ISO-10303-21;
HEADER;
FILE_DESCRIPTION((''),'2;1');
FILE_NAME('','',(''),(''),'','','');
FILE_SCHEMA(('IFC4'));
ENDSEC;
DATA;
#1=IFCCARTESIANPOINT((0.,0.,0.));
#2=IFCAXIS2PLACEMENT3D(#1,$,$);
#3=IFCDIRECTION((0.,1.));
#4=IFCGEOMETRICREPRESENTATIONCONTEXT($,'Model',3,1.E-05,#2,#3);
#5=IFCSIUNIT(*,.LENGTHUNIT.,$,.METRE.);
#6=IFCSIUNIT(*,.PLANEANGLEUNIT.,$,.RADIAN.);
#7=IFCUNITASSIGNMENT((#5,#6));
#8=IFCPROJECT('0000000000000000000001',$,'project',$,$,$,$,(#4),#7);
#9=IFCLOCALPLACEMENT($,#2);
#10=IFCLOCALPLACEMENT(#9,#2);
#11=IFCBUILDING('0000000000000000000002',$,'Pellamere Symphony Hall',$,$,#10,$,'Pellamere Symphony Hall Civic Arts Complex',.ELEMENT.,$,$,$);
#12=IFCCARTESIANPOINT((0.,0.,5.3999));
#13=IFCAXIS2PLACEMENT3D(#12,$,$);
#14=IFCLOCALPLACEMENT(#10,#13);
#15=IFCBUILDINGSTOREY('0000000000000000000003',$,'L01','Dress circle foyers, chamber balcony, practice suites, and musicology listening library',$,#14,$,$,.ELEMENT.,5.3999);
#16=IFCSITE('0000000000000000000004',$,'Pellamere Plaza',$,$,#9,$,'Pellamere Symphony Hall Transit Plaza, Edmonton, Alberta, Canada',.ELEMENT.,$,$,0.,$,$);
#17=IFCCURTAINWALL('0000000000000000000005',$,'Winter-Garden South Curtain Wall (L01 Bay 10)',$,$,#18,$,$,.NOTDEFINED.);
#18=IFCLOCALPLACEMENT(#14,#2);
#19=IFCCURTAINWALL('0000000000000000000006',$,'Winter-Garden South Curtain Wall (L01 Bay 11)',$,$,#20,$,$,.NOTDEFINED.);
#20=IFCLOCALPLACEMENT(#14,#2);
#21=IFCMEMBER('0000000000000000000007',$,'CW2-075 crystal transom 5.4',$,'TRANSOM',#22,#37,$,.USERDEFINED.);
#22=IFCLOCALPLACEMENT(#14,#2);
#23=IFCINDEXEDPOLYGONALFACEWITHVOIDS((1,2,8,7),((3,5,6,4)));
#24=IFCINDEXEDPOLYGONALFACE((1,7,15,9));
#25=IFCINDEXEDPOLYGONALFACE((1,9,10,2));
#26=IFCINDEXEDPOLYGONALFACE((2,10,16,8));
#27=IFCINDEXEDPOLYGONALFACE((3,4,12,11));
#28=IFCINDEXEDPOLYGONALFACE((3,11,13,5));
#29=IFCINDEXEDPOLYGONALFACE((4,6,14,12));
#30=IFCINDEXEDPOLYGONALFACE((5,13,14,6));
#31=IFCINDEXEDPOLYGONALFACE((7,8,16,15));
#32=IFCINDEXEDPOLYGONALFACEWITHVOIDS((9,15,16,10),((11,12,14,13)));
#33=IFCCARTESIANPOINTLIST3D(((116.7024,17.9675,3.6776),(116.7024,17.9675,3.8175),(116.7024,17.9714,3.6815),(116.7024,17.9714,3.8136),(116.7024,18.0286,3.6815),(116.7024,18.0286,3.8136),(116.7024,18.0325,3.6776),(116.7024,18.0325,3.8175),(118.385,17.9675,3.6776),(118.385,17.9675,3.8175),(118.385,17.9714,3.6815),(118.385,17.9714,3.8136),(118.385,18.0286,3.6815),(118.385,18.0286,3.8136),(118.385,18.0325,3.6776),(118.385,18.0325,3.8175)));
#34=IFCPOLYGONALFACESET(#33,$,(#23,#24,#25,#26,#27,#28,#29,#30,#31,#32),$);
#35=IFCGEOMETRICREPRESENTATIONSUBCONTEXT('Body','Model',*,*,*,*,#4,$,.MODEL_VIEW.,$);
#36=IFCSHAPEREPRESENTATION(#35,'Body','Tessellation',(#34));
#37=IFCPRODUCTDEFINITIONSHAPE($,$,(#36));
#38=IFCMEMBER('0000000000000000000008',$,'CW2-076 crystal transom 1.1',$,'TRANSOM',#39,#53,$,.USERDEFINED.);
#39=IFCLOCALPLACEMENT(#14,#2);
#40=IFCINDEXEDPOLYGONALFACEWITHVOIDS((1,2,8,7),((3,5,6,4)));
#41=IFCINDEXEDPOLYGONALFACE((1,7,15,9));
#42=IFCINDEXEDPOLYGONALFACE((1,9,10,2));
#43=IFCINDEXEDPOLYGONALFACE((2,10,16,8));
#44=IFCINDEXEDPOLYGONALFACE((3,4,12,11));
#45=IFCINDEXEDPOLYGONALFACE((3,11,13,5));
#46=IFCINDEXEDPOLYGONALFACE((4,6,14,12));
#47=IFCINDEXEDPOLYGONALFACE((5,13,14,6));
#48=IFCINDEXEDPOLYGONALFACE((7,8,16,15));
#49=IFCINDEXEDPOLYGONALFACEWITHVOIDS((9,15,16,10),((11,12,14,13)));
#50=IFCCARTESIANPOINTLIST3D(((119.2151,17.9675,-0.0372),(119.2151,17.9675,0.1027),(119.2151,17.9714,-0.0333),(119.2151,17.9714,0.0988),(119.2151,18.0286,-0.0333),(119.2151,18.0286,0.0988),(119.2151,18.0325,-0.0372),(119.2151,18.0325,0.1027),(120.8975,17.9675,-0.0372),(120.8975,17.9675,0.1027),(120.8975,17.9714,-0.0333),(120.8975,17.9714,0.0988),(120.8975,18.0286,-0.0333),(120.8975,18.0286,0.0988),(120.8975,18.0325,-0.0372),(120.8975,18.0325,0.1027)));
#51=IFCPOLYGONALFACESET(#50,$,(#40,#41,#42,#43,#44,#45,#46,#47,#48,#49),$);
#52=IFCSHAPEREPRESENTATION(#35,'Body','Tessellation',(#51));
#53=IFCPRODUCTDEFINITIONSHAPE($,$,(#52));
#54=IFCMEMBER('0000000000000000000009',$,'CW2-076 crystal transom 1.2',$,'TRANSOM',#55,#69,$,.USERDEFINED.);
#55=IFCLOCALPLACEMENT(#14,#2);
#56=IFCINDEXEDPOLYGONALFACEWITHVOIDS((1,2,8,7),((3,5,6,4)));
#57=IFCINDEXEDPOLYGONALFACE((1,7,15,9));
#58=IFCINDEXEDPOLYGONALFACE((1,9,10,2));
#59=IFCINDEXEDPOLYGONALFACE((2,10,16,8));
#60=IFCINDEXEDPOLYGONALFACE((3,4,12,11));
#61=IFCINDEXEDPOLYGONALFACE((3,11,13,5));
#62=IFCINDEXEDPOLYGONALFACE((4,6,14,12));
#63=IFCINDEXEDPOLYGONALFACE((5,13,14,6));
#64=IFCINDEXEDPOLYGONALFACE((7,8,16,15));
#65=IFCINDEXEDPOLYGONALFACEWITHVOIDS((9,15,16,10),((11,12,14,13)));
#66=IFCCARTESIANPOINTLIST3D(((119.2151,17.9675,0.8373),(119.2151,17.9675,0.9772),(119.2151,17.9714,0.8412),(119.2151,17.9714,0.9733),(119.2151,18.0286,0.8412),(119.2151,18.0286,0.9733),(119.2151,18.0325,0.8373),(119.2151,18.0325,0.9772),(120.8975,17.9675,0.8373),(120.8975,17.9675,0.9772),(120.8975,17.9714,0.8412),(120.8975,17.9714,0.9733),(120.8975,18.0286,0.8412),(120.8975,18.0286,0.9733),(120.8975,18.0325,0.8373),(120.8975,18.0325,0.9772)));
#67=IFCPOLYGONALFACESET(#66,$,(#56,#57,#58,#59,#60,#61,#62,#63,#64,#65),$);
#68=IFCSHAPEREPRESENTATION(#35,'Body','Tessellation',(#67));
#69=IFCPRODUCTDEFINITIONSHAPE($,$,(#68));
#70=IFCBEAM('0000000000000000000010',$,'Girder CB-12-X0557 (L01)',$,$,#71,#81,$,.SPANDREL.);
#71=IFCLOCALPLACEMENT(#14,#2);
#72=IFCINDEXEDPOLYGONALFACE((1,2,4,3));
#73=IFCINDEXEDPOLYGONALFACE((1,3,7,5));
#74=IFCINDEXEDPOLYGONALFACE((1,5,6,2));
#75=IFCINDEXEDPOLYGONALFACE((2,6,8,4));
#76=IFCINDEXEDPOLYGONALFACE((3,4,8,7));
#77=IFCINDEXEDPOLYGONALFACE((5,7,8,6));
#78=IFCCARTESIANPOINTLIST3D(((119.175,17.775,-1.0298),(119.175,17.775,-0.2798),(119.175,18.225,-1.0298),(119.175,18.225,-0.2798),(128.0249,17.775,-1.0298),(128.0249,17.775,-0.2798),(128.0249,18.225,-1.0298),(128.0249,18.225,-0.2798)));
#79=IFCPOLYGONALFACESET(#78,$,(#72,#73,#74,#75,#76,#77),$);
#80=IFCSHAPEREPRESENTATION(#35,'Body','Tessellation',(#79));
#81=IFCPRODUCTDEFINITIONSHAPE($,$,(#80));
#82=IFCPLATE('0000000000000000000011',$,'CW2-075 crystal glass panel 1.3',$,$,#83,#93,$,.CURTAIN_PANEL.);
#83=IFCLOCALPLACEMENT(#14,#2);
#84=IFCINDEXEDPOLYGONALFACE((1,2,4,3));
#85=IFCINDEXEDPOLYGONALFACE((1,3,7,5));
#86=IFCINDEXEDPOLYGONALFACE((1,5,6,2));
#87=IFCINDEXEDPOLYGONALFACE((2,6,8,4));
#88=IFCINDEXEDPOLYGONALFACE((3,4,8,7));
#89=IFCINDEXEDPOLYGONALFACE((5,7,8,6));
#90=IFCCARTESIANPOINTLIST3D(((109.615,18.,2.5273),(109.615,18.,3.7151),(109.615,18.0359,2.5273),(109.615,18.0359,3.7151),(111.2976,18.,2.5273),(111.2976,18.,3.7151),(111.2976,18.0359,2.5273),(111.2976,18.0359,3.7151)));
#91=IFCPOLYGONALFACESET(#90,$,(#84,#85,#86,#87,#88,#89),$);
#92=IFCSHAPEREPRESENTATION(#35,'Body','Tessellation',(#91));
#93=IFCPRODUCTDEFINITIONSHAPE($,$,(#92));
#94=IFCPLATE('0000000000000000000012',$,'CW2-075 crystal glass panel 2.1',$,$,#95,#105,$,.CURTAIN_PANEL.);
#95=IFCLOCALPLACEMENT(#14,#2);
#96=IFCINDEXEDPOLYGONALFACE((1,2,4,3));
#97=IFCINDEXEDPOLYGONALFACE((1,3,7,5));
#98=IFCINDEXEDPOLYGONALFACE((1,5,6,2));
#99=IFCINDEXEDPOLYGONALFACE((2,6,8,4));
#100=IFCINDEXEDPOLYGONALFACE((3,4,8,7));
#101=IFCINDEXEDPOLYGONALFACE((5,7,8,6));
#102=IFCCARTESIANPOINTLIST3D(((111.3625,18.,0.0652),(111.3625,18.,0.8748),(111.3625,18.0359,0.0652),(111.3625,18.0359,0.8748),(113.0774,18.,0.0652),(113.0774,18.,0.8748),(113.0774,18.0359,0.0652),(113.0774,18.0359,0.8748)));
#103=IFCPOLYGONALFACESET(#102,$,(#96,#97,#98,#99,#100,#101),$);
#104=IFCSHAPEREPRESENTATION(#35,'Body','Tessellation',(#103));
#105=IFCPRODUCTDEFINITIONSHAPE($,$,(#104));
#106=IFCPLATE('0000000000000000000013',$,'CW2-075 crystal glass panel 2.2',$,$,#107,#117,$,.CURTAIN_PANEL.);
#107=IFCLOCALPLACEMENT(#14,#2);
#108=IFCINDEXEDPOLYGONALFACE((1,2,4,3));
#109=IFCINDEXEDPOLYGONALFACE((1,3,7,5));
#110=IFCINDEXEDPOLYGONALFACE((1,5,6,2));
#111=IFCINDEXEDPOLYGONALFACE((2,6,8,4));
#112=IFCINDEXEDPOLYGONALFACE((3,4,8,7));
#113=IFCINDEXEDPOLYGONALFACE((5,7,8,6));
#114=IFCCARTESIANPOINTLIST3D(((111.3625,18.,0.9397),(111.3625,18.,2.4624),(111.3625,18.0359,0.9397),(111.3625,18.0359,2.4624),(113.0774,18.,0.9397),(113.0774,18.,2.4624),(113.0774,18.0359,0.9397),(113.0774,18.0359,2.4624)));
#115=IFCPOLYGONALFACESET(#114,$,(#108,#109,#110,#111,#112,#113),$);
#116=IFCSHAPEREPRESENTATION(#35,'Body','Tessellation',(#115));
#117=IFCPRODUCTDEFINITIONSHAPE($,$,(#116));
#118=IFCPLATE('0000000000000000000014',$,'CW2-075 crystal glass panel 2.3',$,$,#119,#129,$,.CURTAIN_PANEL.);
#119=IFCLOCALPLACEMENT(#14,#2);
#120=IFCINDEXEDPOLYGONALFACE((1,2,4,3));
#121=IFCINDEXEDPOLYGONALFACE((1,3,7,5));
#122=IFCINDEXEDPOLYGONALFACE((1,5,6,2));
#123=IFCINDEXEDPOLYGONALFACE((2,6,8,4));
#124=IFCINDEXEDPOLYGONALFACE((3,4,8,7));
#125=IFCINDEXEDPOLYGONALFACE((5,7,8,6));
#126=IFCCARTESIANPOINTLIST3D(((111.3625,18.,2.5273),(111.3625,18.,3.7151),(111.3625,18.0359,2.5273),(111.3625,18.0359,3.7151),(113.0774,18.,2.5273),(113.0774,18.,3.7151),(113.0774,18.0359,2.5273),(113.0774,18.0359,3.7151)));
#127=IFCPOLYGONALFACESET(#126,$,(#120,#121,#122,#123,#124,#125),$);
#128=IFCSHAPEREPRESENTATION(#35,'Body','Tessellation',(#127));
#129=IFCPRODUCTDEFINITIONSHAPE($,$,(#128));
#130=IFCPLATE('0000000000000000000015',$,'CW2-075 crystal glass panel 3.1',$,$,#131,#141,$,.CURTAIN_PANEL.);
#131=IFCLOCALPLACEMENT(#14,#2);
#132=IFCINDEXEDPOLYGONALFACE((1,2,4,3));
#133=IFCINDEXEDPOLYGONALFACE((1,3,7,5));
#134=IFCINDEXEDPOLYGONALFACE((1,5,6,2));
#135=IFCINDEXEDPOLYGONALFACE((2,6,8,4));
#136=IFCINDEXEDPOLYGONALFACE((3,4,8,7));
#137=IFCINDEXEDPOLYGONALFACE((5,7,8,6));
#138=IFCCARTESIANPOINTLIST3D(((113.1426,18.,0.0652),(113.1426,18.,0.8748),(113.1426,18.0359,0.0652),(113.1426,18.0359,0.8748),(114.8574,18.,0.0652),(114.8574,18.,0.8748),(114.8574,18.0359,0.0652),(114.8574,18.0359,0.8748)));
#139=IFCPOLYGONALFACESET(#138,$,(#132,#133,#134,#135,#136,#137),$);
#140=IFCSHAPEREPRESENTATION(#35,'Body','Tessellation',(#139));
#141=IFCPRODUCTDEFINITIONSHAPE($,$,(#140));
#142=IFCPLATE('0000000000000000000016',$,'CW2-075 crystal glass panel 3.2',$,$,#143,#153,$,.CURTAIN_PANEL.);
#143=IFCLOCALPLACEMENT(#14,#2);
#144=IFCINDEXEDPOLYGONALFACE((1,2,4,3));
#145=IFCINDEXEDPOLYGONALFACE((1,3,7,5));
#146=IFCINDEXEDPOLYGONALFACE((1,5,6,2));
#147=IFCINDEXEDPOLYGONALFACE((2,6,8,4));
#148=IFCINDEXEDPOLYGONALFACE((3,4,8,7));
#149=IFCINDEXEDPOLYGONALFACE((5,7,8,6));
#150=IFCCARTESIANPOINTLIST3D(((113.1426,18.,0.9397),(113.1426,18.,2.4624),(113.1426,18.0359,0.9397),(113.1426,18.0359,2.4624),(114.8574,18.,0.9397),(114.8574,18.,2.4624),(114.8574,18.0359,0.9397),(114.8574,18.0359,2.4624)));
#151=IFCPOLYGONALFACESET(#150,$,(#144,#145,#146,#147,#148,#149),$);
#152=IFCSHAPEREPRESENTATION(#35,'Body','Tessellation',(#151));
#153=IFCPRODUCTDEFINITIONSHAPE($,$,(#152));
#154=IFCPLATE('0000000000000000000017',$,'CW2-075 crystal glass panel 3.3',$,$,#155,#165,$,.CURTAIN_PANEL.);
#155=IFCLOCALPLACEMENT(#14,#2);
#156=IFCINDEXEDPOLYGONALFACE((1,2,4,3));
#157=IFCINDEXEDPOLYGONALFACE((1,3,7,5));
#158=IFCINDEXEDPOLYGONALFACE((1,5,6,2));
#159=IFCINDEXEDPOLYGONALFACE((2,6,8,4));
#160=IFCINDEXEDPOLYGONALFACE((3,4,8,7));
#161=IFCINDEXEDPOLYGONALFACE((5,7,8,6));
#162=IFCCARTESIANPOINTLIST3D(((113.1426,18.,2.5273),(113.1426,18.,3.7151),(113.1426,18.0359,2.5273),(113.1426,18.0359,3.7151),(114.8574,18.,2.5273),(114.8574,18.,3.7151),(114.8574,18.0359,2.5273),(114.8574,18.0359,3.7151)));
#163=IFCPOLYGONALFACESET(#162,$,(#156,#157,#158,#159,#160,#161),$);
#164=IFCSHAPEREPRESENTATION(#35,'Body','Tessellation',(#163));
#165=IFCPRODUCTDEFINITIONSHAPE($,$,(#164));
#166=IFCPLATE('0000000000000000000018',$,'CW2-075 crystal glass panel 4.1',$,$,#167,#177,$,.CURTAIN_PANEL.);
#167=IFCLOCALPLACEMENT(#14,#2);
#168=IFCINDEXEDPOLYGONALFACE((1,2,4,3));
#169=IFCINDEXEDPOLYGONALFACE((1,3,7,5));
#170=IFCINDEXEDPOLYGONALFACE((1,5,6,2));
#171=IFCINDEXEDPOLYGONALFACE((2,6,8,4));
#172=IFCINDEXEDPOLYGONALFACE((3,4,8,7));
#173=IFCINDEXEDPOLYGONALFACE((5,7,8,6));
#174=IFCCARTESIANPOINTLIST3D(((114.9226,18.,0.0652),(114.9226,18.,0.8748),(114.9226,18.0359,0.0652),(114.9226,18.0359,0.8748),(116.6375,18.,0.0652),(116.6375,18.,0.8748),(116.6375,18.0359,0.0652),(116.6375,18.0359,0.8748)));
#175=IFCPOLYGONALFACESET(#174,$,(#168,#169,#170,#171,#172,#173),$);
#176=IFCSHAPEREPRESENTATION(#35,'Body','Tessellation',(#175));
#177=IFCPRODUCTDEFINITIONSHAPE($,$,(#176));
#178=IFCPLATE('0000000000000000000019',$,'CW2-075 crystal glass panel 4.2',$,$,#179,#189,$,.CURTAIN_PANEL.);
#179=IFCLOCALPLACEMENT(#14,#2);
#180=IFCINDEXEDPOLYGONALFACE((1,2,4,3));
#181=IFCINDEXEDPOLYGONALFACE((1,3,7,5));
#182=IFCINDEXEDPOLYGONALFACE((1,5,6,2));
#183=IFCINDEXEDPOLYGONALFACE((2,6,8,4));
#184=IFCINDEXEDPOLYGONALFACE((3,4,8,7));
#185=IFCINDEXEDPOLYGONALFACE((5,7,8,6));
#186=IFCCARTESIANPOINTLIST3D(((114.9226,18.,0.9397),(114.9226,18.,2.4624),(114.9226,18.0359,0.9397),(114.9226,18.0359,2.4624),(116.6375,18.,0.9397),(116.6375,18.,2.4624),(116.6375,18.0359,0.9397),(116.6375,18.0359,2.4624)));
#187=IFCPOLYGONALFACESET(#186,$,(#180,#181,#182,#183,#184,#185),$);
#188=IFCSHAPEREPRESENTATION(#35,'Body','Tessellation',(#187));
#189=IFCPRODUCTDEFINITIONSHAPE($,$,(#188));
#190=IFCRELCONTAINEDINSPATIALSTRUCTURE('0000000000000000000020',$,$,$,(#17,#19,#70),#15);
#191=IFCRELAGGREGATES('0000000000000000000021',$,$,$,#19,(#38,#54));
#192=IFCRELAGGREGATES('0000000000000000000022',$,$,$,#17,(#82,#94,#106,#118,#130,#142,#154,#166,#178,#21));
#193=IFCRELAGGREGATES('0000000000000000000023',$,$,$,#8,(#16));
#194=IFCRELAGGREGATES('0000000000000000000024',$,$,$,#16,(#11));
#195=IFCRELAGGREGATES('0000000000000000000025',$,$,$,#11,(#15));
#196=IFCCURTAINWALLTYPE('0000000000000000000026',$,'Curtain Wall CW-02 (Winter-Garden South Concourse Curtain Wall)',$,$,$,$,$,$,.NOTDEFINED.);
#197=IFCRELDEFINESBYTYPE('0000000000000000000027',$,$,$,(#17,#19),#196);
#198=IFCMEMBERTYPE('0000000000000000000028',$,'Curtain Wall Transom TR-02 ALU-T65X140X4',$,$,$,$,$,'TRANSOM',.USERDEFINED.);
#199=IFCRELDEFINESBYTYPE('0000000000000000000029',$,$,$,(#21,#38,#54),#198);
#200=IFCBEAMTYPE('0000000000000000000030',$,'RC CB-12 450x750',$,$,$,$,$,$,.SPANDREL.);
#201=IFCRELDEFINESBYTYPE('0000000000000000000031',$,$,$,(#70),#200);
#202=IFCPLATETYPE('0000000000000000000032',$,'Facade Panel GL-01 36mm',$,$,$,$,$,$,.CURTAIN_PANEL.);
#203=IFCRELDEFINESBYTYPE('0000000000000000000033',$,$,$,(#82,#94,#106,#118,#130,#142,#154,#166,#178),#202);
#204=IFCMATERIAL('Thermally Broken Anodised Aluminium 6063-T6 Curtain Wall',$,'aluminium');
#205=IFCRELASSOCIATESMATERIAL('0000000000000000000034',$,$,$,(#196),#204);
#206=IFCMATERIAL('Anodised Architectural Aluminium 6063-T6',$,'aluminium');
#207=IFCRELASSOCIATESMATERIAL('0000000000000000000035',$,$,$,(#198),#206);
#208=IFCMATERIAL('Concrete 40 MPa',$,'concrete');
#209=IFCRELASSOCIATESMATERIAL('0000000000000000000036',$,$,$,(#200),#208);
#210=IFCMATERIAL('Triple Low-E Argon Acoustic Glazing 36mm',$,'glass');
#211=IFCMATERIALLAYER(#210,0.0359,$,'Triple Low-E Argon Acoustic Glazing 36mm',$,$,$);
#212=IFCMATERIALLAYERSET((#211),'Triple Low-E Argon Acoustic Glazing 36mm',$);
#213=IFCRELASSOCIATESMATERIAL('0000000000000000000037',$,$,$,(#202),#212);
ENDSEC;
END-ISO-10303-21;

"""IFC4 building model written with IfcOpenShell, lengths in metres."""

from ifc_helpers import new_model, si_unit, direction, frame, origin, origin_2d, place, context, subcontext, project, spatial, polyline, rectangle, hollow_rectangle, outline, extrude, material, layer, layer_set, material_profile, profile_set, type_object, element, aggregate, save


model = new_model("IFC4")

# Units and contexts
model_context = context("Model", 3, precision=1e-05, world=origin(), true_north=direction((0.0, 1.0)))
body_context = subcontext(model_context, "Body", "Model", "MODEL_VIEW")
ifc_project = project(units=[si_unit("LENGTHUNIT", "METRE"), si_unit("PLANEANGLEUNIT", "RADIAN")], contexts=[model_context])

# Site, building, storey
site_placement = place(None, origin())
site = spatial("IfcSite", under=ifc_project, at=site_placement, Name="Pellamere Plaza", LongName="Pellamere Symphony Hall Transit Plaza, Edmonton, Alberta, Canada", CompositionType="ELEMENT", RefElevation=0.0)
building_placement = place(site_placement, origin())
building = spatial("IfcBuilding", under=site, at=building_placement, Name="Pellamere Symphony Hall", LongName="Pellamere Symphony Hall Civic Arts Complex", CompositionType="ELEMENT")
storey_placement = place(building_placement, frame((0.0, 0.0, 5.3999)))
storey = spatial("IfcBuildingStorey", under=building, at=storey_placement, Name="L01", Description="Dress circle foyers, chamber balcony, practice suites, and musicology listening library", CompositionType="ELEMENT", Elevation=5.3999)

# Shared definitions
ifc_material_1 = material(Name="Concrete 40 MPa", Category="concrete")

# Curtain wall
ifc_material_2 = material(Name="Thermally Broken Anodised Aluminium 6063-T6 Curtain Wall", Category="aluminium")
curtain_wall_type = type_object("IfcCurtainWallType", Name="Curtain Wall CW-02 (Winter-Garden South Concourse Curtain Wall)", PredefinedType="NOTDEFINED", material=ifc_material_2)
curtain_wall_1_placement = place(storey_placement, origin())
curtain_wall_1 = element("IfcCurtainWall", 1, at=curtain_wall_1_placement, inside=storey, type_object=curtain_wall_type, Name="Winter-Garden South Curtain Wall (L01 Bay 10)", PredefinedType="NOTDEFINED")
ifc_material_3 = material(Name="Anodised Architectural Aluminium 6063-T6", Category="aluminium")

# Curtain wall
curtain_wall_2_placement = place(storey_placement, origin())
curtain_wall_2 = element("IfcCurtainWall", 2, at=curtain_wall_2_placement, inside=storey, type_object=curtain_wall_type, Name="Winter-Garden South Curtain Wall (L01 Bay 11)", PredefinedType="NOTDEFINED")

# Members
ifc_material_profile_1 = material_profile(ifc_material_3, hollow_rectangle(XDim=0.0649, YDim=0.1399, WallThickness=0.0039, at=origin_2d()), Name="ALU-T65X140X4")
ifc_profile_set_1 = profile_set([ifc_material_profile_1], Name="Anodised Architectural Aluminium 6063-T6")
member_type_1 = type_object("IfcMemberType", Name="Curtain Wall Transom TR-02 ALU-T65X140X4", ElementType="TRANSOM", PredefinedType="USERDEFINED", material=ifc_profile_set_1)
member_1_placement = place(storey_placement, frame((116.7024, 18.0, 3.7476), z_axis=(1.0, 0.0, 0.0), x_axis=(0.0, 1.0, 0.0)))
member_1 = element("IfcMember", 3, at=member_1_placement, type_object=member_type_1, Name="CW2-075 crystal transom 5.4", ObjectType="TRANSOM", PredefinedType="USERDEFINED", context=body_context, shape_type="SweptSolid", body=[
    extrude(hollow_rectangle(XDim=0.0649, YDim=0.1399, WallThickness=0.0039, at=origin_2d()), origin(), (0.0, 0.0, 1.0), 1.6826),
])
member_2_placement = place(storey_placement, frame((119.2151, 18.0, 0.0327), z_axis=(1.0, 0.0, 0.0), x_axis=(0.0, 1.0, 0.0)))
member_2 = element("IfcMember", 4, at=member_2_placement, type_object=member_type_1, Name="CW2-076 crystal transom 1.1", ObjectType="TRANSOM", PredefinedType="USERDEFINED", context=body_context, shape_type="SweptSolid", body=[
    extrude(hollow_rectangle(XDim=0.0649, YDim=0.1399, WallThickness=0.0039, at=origin_2d()), origin(), (0.0, 0.0, 1.0), 1.6824),
])
member_3_placement = place(storey_placement, frame((119.2151, 18.0, 0.9072), z_axis=(1.0, 0.0, 0.0), x_axis=(0.0, 1.0, 0.0)))
member_3 = element("IfcMember", 5, at=member_3_placement, type_object=member_type_1, Name="CW2-076 crystal transom 1.2", ObjectType="TRANSOM", PredefinedType="USERDEFINED", context=body_context, shape_type="SweptSolid", body=[
    extrude(hollow_rectangle(XDim=0.0649, YDim=0.1399, WallThickness=0.0039, at=origin_2d()), origin(), (0.0, 0.0, 1.0), 1.6824),
])
aggregate(curtain_wall_2, [member_2, member_3])

# Beam
ifc_material_profile_2 = material_profile(ifc_material_1, rectangle(XDim=0.45, YDim=0.75, at=origin_2d()), Name="RC 450x750")
ifc_profile_set_2 = profile_set([ifc_material_profile_2], Name="Concrete 40 MPa")
beam_type = type_object("IfcBeamType", Name="RC CB-12 450x750", PredefinedType="SPANDREL", material=ifc_profile_set_2)
beam_placement = place(storey_placement, frame((119.175, 18.0, -0.6548), z_axis=(1.0, 0.0, 0.0), x_axis=(0.0, 1.0, 0.0)))
element("IfcBeam", 6, at=beam_placement, inside=storey, type_object=beam_type, Name="Girder CB-12-X0557 (L01)", PredefinedType="SPANDREL", context=body_context, shape_type="SweptSolid", body=[
    extrude(rectangle(XDim=0.45, YDim=0.75, at=origin_2d()), origin(), (0.0, 0.0, 1.0), 8.8499),
])

# Plates
ifc_material_4 = material(Name="Triple Low-E Argon Acoustic Glazing 36mm", Category="glass")
ifc_layer = layer(ifc_material_4, 0.0359, Name="Triple Low-E Argon Acoustic Glazing 36mm")
ifc_layer_set = layer_set([ifc_layer], Name="Triple Low-E Argon Acoustic Glazing 36mm")
plate_type = type_object("IfcPlateType", Name="Facade Panel GL-01 36mm", PredefinedType="CURTAIN_PANEL", material=ifc_layer_set)
plate_1_placement = place(storey_placement, frame((109.615, 18.0, 2.5273), z_axis=(0.0, -1.0, 0.0), x_axis=(1.0, 0.0, 0.0)))
plate_1 = element("IfcPlate", 7, at=plate_1_placement, type_object=plate_type, Name="CW2-075 crystal glass panel 1.3", PredefinedType="CURTAIN_PANEL", context=body_context, shape_type="SweptSolid", body=[
    extrude(outline(polyline([(0.0, 0.0), (1.6826, 0.0), (1.6826, 1.1877), (0.0, 1.1877), (0.0, 0.0)])), origin(), (0.0, 0.0, -1.0), 0.0359),
])
plate_2_placement = place(storey_placement, frame((111.3625, 18.0, 0.0652), z_axis=(0.0, -1.0, 0.0), x_axis=(1.0, 0.0, 0.0)))
plate_2 = element("IfcPlate", 8, at=plate_2_placement, type_object=plate_type, Name="CW2-075 crystal glass panel 2.1", PredefinedType="CURTAIN_PANEL", context=body_context, shape_type="SweptSolid", body=[
    extrude(outline(polyline([(0.0, 0.0), (1.7148, 0.0), (1.7148, 0.8096), (0.0, 0.8096), (0.0, 0.0)])), origin(), (0.0, 0.0, -1.0), 0.0359),
])
plate_3_placement = place(storey_placement, frame((111.3625, 18.0, 0.9397), z_axis=(0.0, -1.0, 0.0), x_axis=(1.0, 0.0, 0.0)))
plate_3 = element("IfcPlate", 9, at=plate_3_placement, type_object=plate_type, Name="CW2-075 crystal glass panel 2.2", PredefinedType="CURTAIN_PANEL", context=body_context, shape_type="SweptSolid", body=[
    extrude(outline(polyline([(0.0, 0.0), (1.7148, 0.0), (1.7148, 1.5227), (0.0, 1.5227), (0.0, 0.0)])), origin(), (0.0, 0.0, -1.0), 0.0359),
])
plate_4_placement = place(storey_placement, frame((111.3625, 18.0, 2.5273), z_axis=(0.0, -1.0, 0.0), x_axis=(1.0, 0.0, 0.0)))
plate_4 = element("IfcPlate", 10, at=plate_4_placement, type_object=plate_type, Name="CW2-075 crystal glass panel 2.3", PredefinedType="CURTAIN_PANEL", context=body_context, shape_type="SweptSolid", body=[
    extrude(outline(polyline([(0.0, 0.0), (1.7148, 0.0), (1.7148, 1.1877), (0.0, 1.1877), (0.0, 0.0)])), origin(), (0.0, 0.0, -1.0), 0.0359),
])
plate_5_placement = place(storey_placement, frame((113.1426, 18.0, 0.0652), z_axis=(0.0, -1.0, 0.0), x_axis=(1.0, 0.0, 0.0)))
plate_5 = element("IfcPlate", 11, at=plate_5_placement, type_object=plate_type, Name="CW2-075 crystal glass panel 3.1", PredefinedType="CURTAIN_PANEL", context=body_context, shape_type="SweptSolid", body=[
    extrude(outline(polyline([(0.0, 0.0), (1.7148, 0.0), (1.7148, 0.8096), (0.0, 0.8096), (0.0, 0.0)])), origin(), (0.0, 0.0, -1.0), 0.0359),
])
plate_6_placement = place(storey_placement, frame((113.1426, 18.0, 0.9397), z_axis=(0.0, -1.0, 0.0), x_axis=(1.0, 0.0, 0.0)))
plate_6 = element("IfcPlate", 12, at=plate_6_placement, type_object=plate_type, Name="CW2-075 crystal glass panel 3.2", PredefinedType="CURTAIN_PANEL", context=body_context, shape_type="SweptSolid", body=[
    extrude(outline(polyline([(0.0, 0.0), (1.7148, 0.0), (1.7148, 1.5227), (0.0, 1.5227), (0.0, 0.0)])), origin(), (0.0, 0.0, -1.0), 0.0359),
])
plate_7_placement = place(storey_placement, frame((113.1426, 18.0, 2.5273), z_axis=(0.0, -1.0, 0.0), x_axis=(1.0, 0.0, 0.0)))
plate_7 = element("IfcPlate", 13, at=plate_7_placement, type_object=plate_type, Name="CW2-075 crystal glass panel 3.3", PredefinedType="CURTAIN_PANEL", context=body_context, shape_type="SweptSolid", body=[
    extrude(outline(polyline([(0.0, 0.0), (1.7148, 0.0), (1.7148, 1.1877), (0.0, 1.1877), (0.0, 0.0)])), origin(), (0.0, 0.0, -1.0), 0.0359),
])
plate_8_placement = place(storey_placement, frame((114.9226, 18.0, 0.0652), z_axis=(0.0, -1.0, 0.0), x_axis=(1.0, 0.0, 0.0)))
plate_8 = element("IfcPlate", 14, at=plate_8_placement, type_object=plate_type, Name="CW2-075 crystal glass panel 4.1", PredefinedType="CURTAIN_PANEL", context=body_context, shape_type="SweptSolid", body=[
    extrude(outline(polyline([(0.0, 0.0), (1.7148, 0.0), (1.7148, 0.8096), (0.0, 0.8096), (0.0, 0.0)])), origin(), (0.0, 0.0, -1.0), 0.0359),
])
plate_9_placement = place(storey_placement, frame((114.9226, 18.0, 0.9397), z_axis=(0.0, -1.0, 0.0), x_axis=(1.0, 0.0, 0.0)))
plate_9 = element("IfcPlate", 15, at=plate_9_placement, type_object=plate_type, Name="CW2-075 crystal glass panel 4.2", PredefinedType="CURTAIN_PANEL", context=body_context, shape_type="SweptSolid", body=[
    extrude(outline(polyline([(0.0, 0.0), (1.7148, 0.0), (1.7148, 1.5227), (0.0, 1.5227), (0.0, 0.0)])), origin(), (0.0, 0.0, -1.0), 0.0359),
])
aggregate(curtain_wall_1, [plate_1, plate_2, plate_3, plate_4, plate_5, plate_6, plate_7, plate_8, plate_9, member_1])

save(model, "model.ifc")
